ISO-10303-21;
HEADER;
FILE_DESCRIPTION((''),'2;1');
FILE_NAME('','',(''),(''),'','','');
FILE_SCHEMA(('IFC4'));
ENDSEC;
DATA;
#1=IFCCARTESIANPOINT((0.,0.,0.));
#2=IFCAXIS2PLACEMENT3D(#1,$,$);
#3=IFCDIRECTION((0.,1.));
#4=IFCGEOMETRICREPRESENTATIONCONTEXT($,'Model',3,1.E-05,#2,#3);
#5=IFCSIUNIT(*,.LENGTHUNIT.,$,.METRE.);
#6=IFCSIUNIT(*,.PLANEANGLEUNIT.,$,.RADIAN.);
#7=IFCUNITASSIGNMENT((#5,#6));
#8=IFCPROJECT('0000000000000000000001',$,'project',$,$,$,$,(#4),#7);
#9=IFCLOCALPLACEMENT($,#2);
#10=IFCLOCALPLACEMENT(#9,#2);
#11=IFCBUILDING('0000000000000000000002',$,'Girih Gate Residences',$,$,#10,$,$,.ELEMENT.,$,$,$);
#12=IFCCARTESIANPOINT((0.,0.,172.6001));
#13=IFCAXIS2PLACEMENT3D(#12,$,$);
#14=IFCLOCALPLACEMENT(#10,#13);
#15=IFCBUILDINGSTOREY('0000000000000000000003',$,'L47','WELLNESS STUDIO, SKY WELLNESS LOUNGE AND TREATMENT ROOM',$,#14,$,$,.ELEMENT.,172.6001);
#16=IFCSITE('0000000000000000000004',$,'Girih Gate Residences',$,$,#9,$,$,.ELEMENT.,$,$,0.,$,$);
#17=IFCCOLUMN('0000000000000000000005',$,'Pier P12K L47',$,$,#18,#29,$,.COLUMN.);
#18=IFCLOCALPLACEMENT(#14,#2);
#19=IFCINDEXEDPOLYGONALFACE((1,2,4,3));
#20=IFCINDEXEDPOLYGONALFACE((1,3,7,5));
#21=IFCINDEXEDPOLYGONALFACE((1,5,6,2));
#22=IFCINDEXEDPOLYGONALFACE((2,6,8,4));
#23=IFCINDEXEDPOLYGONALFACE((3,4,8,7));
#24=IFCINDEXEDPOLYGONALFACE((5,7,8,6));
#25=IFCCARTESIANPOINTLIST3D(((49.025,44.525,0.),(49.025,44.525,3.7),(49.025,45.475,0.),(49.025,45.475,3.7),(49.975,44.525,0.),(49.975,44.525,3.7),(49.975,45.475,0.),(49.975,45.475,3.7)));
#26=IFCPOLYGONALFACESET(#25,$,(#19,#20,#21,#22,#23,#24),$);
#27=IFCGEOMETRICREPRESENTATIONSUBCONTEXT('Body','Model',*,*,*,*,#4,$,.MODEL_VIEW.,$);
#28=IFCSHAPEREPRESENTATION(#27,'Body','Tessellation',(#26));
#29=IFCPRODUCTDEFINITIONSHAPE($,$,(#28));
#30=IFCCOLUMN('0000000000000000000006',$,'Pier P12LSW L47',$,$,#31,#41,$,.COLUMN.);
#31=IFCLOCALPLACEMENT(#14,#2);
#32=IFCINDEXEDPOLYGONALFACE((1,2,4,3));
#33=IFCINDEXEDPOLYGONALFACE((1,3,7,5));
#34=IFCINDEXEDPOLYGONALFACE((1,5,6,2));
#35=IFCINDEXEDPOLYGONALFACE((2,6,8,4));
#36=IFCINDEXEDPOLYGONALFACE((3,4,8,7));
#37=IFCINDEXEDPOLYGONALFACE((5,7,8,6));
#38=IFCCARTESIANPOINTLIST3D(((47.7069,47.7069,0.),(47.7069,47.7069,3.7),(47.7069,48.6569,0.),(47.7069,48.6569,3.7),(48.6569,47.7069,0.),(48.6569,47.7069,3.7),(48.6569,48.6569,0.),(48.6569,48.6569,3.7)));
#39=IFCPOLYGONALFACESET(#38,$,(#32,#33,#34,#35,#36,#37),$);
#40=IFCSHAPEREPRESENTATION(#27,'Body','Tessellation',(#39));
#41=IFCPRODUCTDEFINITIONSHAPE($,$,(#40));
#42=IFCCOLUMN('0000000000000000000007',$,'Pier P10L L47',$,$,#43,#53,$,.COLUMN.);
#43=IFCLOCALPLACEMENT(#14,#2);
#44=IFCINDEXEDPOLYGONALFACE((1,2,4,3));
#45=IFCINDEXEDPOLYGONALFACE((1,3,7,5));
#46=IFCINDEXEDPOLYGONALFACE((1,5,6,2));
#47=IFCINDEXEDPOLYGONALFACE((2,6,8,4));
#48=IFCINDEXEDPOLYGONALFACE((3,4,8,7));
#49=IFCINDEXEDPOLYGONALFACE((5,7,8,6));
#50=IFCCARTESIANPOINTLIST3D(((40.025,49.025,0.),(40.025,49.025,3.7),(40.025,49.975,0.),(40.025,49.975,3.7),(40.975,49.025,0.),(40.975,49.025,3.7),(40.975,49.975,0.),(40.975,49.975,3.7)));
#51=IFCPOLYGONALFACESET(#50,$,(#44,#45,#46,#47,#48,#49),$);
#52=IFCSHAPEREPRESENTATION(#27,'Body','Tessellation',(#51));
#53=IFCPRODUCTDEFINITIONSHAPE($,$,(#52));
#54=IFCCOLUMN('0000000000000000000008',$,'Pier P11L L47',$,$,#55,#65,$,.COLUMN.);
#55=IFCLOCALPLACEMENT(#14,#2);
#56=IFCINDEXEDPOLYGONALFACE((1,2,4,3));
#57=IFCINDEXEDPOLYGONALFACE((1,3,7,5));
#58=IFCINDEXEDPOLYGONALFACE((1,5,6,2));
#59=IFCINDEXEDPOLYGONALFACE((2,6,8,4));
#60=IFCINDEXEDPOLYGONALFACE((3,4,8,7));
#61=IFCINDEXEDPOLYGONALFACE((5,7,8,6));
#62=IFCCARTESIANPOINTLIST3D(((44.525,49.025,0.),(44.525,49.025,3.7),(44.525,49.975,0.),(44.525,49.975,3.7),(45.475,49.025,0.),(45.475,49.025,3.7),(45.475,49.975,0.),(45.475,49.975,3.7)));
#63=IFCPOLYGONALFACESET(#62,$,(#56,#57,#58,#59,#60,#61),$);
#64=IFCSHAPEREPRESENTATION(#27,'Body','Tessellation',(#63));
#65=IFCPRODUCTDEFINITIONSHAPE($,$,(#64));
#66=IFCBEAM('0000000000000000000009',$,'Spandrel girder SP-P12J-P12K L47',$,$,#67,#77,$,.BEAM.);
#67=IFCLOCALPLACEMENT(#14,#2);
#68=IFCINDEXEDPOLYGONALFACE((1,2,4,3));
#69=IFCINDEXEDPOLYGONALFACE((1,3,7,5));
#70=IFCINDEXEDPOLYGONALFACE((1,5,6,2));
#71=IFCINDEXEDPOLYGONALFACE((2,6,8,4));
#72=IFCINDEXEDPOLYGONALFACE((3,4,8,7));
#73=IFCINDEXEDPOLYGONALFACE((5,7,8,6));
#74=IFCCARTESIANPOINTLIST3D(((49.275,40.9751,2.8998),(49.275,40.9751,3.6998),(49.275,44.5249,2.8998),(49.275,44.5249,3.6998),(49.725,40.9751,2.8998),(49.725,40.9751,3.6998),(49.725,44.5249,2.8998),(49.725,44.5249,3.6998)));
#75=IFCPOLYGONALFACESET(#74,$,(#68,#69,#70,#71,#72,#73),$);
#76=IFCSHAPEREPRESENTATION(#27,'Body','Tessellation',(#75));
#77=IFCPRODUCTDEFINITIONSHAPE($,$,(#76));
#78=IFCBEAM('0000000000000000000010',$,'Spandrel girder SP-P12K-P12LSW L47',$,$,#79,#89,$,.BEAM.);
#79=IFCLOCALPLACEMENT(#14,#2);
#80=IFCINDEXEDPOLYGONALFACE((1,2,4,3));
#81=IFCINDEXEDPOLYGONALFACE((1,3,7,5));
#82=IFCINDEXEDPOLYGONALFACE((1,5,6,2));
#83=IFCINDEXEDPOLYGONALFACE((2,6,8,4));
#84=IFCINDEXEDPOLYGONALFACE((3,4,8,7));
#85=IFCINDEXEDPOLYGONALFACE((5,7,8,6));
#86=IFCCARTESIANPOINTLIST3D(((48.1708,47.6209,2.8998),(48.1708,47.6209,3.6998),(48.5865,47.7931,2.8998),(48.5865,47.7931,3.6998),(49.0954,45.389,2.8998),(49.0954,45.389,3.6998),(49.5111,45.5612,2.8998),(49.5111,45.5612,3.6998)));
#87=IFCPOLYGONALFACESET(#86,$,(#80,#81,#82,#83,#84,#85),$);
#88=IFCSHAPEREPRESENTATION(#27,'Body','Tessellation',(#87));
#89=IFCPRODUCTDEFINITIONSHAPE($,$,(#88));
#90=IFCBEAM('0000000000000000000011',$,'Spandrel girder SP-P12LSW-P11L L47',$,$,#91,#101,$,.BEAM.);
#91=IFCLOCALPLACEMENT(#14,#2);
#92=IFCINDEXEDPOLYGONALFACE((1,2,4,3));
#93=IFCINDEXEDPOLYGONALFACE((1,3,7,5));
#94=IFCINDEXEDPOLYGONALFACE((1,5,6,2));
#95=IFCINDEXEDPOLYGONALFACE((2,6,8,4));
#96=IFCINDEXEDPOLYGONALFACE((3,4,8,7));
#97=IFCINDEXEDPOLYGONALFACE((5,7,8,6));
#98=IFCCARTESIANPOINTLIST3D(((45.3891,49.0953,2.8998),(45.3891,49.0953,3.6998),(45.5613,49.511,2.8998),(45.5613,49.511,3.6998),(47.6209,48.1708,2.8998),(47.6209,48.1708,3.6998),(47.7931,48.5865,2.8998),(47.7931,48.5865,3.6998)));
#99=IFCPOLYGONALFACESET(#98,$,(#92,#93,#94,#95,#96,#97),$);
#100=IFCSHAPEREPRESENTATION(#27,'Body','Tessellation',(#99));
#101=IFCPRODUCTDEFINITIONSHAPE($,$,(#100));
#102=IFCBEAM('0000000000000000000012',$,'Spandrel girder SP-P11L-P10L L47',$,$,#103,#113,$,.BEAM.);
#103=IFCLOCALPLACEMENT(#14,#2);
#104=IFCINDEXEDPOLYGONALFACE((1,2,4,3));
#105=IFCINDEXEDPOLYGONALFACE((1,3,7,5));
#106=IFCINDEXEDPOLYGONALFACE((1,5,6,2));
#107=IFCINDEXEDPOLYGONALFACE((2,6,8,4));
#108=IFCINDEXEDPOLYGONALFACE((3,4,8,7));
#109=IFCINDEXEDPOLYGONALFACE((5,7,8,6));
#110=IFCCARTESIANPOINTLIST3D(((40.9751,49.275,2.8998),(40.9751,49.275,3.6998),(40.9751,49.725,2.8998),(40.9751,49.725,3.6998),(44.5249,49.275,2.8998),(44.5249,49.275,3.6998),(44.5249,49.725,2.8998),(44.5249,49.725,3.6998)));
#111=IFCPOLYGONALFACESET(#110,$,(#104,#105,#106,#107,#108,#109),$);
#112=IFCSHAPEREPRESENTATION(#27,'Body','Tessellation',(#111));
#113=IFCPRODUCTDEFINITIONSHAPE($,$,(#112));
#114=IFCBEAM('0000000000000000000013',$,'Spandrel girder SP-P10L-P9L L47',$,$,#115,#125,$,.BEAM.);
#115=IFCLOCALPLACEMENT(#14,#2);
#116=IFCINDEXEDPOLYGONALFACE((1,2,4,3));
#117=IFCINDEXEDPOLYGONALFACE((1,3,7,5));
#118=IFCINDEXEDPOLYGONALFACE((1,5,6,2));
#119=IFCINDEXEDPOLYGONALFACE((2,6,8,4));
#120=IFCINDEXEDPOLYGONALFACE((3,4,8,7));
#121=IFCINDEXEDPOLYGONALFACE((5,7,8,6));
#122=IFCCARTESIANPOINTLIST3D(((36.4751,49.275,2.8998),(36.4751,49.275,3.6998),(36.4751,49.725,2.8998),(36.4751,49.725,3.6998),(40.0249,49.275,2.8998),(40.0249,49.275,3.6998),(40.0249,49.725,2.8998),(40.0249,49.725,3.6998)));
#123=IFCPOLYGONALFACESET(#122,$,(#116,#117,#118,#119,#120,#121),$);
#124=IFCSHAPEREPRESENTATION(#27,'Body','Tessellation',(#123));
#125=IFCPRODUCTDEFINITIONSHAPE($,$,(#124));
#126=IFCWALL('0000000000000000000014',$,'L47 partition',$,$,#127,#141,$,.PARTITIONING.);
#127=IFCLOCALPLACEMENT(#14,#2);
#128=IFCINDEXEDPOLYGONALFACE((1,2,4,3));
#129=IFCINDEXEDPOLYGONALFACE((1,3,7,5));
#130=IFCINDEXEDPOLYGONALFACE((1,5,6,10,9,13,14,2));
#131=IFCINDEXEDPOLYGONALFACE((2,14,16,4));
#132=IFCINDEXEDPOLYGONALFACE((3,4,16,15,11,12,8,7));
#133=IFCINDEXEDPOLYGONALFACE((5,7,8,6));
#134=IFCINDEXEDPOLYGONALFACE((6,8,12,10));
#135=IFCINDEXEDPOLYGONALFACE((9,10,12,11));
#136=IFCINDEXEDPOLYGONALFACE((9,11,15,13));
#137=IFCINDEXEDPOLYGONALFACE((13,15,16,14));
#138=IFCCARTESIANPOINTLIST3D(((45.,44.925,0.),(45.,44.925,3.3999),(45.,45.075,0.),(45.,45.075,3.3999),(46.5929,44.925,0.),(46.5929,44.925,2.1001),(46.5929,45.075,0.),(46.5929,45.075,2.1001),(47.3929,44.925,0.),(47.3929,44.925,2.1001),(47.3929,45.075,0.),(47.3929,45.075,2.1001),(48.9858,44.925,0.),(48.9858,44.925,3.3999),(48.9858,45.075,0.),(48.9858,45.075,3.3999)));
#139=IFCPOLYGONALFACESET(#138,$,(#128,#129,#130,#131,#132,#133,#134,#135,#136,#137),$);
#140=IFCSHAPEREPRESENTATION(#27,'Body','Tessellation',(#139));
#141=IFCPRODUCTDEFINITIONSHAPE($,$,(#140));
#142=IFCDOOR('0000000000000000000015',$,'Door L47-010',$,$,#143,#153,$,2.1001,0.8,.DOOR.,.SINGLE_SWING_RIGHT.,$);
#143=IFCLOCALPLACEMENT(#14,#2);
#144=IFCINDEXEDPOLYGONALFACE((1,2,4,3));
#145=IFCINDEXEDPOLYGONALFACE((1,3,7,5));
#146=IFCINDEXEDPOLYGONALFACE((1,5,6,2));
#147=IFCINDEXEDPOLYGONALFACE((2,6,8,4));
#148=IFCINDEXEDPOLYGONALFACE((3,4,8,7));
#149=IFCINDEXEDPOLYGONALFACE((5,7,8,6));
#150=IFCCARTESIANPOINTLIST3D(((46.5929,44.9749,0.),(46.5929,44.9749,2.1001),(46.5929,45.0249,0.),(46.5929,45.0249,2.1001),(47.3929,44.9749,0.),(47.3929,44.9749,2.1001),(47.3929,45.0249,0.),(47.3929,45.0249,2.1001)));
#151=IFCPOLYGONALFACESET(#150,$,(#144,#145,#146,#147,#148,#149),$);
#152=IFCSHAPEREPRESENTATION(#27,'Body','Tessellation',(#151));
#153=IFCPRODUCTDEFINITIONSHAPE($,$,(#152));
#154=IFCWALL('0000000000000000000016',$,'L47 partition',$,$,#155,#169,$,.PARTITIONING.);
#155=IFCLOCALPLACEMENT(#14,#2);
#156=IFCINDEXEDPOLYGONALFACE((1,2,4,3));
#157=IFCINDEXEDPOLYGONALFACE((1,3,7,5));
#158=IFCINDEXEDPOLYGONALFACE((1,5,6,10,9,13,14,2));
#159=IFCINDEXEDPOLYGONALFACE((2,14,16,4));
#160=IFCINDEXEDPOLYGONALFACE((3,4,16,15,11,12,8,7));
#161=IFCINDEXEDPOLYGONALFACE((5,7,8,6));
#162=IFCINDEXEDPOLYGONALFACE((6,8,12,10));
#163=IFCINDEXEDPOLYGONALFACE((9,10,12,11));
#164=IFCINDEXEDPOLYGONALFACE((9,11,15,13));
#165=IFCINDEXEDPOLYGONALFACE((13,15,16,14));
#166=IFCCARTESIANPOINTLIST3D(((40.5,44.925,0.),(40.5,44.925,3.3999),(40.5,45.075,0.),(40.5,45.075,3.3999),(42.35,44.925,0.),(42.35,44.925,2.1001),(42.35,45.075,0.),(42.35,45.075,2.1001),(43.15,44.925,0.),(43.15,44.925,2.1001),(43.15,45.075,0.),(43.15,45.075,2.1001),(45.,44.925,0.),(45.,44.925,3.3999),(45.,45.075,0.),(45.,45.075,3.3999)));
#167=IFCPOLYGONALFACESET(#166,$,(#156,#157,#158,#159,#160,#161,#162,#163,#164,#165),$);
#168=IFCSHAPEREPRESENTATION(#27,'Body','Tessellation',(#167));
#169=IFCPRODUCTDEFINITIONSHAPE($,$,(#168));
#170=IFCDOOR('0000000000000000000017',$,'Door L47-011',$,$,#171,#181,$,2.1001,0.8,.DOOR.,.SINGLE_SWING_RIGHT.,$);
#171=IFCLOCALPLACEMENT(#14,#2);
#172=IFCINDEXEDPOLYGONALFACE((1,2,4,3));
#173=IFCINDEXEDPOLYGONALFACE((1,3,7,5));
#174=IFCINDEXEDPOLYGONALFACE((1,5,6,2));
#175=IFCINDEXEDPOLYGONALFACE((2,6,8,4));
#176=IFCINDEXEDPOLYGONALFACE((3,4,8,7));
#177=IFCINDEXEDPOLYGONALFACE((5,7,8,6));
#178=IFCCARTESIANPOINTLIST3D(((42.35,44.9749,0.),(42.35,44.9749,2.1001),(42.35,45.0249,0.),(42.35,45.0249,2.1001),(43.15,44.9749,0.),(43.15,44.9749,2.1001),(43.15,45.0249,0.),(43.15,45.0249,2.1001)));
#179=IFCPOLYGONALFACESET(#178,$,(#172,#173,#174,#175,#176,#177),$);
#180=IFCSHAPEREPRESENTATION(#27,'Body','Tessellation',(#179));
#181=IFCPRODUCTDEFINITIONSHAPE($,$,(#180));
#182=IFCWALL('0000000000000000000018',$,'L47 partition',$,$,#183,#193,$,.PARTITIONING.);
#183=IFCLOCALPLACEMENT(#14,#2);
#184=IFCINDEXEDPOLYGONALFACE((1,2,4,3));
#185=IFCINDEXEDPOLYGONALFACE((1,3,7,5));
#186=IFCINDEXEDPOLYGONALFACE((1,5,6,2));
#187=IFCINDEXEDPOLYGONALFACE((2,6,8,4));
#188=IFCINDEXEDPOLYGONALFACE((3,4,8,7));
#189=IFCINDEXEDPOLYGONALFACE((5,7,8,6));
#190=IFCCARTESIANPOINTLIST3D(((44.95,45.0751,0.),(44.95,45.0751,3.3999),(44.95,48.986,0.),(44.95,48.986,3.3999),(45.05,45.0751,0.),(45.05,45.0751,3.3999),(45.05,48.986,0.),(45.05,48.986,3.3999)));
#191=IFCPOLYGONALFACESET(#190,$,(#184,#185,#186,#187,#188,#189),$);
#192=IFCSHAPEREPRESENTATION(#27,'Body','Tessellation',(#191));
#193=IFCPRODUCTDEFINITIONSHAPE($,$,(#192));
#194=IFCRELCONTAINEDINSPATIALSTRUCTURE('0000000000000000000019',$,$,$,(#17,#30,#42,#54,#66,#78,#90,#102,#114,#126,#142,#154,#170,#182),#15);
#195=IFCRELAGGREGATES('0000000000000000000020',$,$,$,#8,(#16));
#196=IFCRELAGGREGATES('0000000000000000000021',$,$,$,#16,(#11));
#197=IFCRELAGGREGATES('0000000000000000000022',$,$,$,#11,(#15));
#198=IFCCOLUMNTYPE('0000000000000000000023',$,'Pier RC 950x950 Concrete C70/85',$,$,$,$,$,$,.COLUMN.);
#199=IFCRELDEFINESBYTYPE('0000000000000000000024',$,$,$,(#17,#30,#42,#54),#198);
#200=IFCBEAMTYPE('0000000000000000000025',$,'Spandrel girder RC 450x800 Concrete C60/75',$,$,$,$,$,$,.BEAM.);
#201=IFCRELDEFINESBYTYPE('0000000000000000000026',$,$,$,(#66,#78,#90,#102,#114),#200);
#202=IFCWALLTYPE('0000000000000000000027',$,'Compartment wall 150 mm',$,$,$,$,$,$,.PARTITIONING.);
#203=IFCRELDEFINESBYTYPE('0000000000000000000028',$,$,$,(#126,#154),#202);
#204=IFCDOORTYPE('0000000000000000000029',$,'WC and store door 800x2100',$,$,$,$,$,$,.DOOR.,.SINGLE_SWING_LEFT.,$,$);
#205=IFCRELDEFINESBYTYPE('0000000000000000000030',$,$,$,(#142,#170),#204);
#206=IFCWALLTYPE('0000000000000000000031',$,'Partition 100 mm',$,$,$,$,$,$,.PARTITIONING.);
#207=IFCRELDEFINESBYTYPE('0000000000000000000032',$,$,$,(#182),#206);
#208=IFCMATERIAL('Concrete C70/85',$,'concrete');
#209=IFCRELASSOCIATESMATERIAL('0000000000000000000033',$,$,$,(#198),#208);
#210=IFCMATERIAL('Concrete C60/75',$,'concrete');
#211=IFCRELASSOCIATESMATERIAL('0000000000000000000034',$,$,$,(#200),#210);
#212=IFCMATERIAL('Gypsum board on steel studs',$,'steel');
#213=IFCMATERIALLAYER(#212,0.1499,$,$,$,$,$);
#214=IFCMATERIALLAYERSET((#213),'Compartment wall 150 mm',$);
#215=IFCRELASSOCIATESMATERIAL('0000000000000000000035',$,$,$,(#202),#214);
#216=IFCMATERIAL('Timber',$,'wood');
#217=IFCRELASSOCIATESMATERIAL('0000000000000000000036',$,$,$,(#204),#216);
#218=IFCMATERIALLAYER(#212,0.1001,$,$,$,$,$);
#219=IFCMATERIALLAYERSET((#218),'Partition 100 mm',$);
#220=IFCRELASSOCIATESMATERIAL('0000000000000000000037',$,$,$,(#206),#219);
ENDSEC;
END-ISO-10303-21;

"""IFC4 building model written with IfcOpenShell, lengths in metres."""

from ifc_helpers import new_model, si_unit, direction, frame, frame_2d, origin, origin_2d, place, context, subcontext, project, spatial, rectangle, extrude, material, layer, layer_set, material_profile, profile_set, type_object, element, fill, save


model = new_model("IFC4")

# Units and contexts
model_context = context("Model", 3, precision=1e-05, world=origin(), true_north=direction((0.0, 1.0)))
body_context = subcontext(model_context, "Body", "Model", "MODEL_VIEW")
ifc_project = project(units=[si_unit("LENGTHUNIT", "METRE"), si_unit("PLANEANGLEUNIT", "RADIAN")], contexts=[model_context])

# Site, building, storey
site_placement = place(None, origin())
site = spatial("IfcSite", under=ifc_project, at=site_placement, Name="Girih Gate Residences", CompositionType="ELEMENT", RefElevation=0.0)
building_placement = place(site_placement, origin())
building = spatial("IfcBuilding", under=site, at=building_placement, Name="Girih Gate Residences", CompositionType="ELEMENT")
storey_placement = place(building_placement, frame((0.0, 0.0, 172.6001)))
storey = spatial("IfcBuildingStorey", under=building, at=storey_placement, Name="L47", Description="WELLNESS STUDIO, SKY WELLNESS LOUNGE AND TREATMENT ROOM", CompositionType="ELEMENT", Elevation=172.6001)

# Columns
ifc_material_1 = material(Name="Concrete C70/85", Category="concrete")
ifc_material_profile_1 = material_profile(ifc_material_1, rectangle(XDim=0.95, YDim=0.95, at=origin_2d()))
ifc_profile_set_1 = profile_set([ifc_material_profile_1], Name="Concrete C70/85")
column_type = type_object("IfcColumnType", Name="Pier RC 950x950 Concrete C70/85", PredefinedType="COLUMN", material=ifc_profile_set_1)
for number, where, z_axis, x_axis, name in (
    (1, (49.5, 45.0, 0.0), (0.0, 0.0, 1.0), (1.0, 0.0, 0.0), "Pier P12K L47"),
    (2, (48.1819, 48.1819, 0.0), (0.0, 0.0, 1.0), (1.0, 0.0, 0.0), "Pier P12LSW L47"),
    (3, (40.5, 49.5, 0.0), (0.0, 0.0, 1.0), (1.0, 0.0, 0.0), "Pier P10L L47"),
    (4, (45.0, 49.5, 0.0), (0.0, 0.0, 1.0), (1.0, 0.0, 0.0), "Pier P11L L47"),
):
    element("IfcColumn", number, at=place(storey_placement, frame(where, z_axis=z_axis, x_axis=x_axis)), inside=storey, type_object=column_type, Name=name, PredefinedType="COLUMN", context=body_context, shape_type="SweptSolid", body=[
        extrude(rectangle(XDim=0.95, YDim=0.95, at=origin_2d()), origin(), (0.0, 0.0, 1.0), 3.7),
    ])

# Beams
ifc_material_2 = material(Name="Concrete C60/75", Category="concrete")
ifc_material_profile_2 = material_profile(ifc_material_2, rectangle(XDim=0.45, YDim=0.8, at=origin_2d()))
ifc_profile_set_2 = profile_set([ifc_material_profile_2], Name="Concrete C60/75")
beam_type = type_object("IfcBeamType", Name="Spandrel girder RC 450x800 Concrete C60/75", PredefinedType="BEAM", material=ifc_profile_set_2)
beam_placement = place(storey_placement, frame((49.5, 40.9751, 3.2998), z_axis=(0.0, 1.0, 0.0), x_axis=(-1.0, 0.0, 0.0)))
element("IfcBeam", 5, at=beam_placement, inside=storey, type_object=beam_type, Name="Spandrel girder SP-P12J-P12K L47", PredefinedType="BEAM", context=body_context, shape_type="SweptSolid", body=[
    extrude(rectangle(XDim=0.45, YDim=0.8, at=origin_2d()), origin(), (0.0, 0.0, 1.0), 3.5498),
])
for number, where, z_axis, x_axis, name in (
    (6, (49.3032, 45.4751, 3.2998), (-0.382706, 0.92387, 0.0), (-0.92387, -0.382706, 0.0), "Spandrel girder SP-P12K-P12LSW L47"),
    (7, (47.707, 48.3787, 3.2998), (-0.92387, 0.382706, 0.0), (-0.382706, -0.92387, 0.0), "Spandrel girder SP-P12LSW-P11L L47"),
):
    element("IfcBeam", number, at=place(storey_placement, frame(where, z_axis=z_axis, x_axis=x_axis)), inside=storey, type_object=beam_type, Name=name, PredefinedType="BEAM", context=body_context, shape_type="SweptSolid", body=[
        extrude(rectangle(XDim=0.45, YDim=0.8, at=origin_2d()), origin(), (0.0, 0.0, 1.0), 2.4158),
    ])
for number, where, z_axis, x_axis, name in (
    (8, (44.5249, 49.5, 3.2998), (-1.0, 0.0, 0.0), (0.0, -1.0, 0.0), "Spandrel girder SP-P11L-P10L L47"),
    (9, (40.0249, 49.5, 3.2998), (-1.0, 0.0, 0.0), (0.0, -1.0, 0.0), "Spandrel girder SP-P10L-P9L L47"),
):
    element("IfcBeam", number, at=place(storey_placement, frame(where, z_axis=z_axis, x_axis=x_axis)), inside=storey, type_object=beam_type, Name=name, PredefinedType="BEAM", context=body_context, shape_type="SweptSolid", body=[
        extrude(rectangle(XDim=0.45, YDim=0.8, at=origin_2d()), origin(), (0.0, 0.0, 1.0), 3.5498),
    ])

# Walls, openings, doors
ifc_material_3 = material(Name="Gypsum board on steel studs", Category="steel")
ifc_layer_1 = layer(ifc_material_3, 0.1499)
ifc_layer_set_1 = layer_set([ifc_layer_1], Name="Compartment wall 150 mm")
wall_type_1 = type_object("IfcWallType", Name="Compartment wall 150 mm", PredefinedType="PARTITIONING", material=ifc_layer_set_1)
wall_1_placement = place(storey_placement, frame((45.0, 45.0, 0.0), z_axis=(0.0, 0.0, 1.0), x_axis=(1.0, 0.0, 0.0)))
wall_1 = element("IfcWall", 10, at=wall_1_placement, inside=storey, type_object=wall_type_1, Name="L47 partition", PredefinedType="PARTITIONING", context=body_context, shape_type="SweptSolid", body=[
    extrude(rectangle(XDim=3.9858, YDim=0.1499, at=frame_2d((1.9929, 0.0))), origin(), (0.0, 0.0, 1.0), 3.3999),
])
opening_1_placement = place(wall_1_placement, frame((1.593, 0.0, 0.0)))
opening_1 = element("IfcOpeningElement", 11, at=opening_1_placement, cuts=wall_1, PredefinedType="OPENING", context=body_context, shape_type="SweptSolid", body=[
    extrude(rectangle(XDim=0.8, YDim=2.1001, at=frame_2d((0.3999, 1.05))), frame((0.0, 0.085, 0.0), z_axis=(0.0, -1.0, 0.0), x_axis=(1.0, 0.0, 0.0)), (0.0, 0.0, 1.0), 0.1699),
])
ifc_material_4 = material(Name="Timber", Category="wood")
door_type = type_object("IfcDoorType", Name="WC and store door 800x2100", OperationType="SINGLE_SWING_LEFT", PredefinedType="DOOR", material=ifc_material_4)
door_1_placement = place(opening_1_placement, origin())
door_1 = element("IfcDoor", 12, at=door_1_placement, inside=storey, type_object=door_type, Name="Door L47-010", OperationType="SINGLE_SWING_RIGHT", OverallHeight=2.1001, OverallWidth=0.8, PredefinedType="DOOR", context=body_context, shape_type="SweptSolid", body=[
    extrude(rectangle(XDim=0.8, YDim=2.1001, at=frame_2d((0.3999, 1.05))), frame((0.0, 0.0249, 0.0), z_axis=(0.0, -1.0, 0.0), x_axis=(1.0, 0.0, 0.0)), (0.0, 0.0, 1.0), 0.05),
])
fill(opening_1, door_1)
wall_2_placement = place(storey_placement, frame((40.5, 45.0, 0.0), z_axis=(0.0, 0.0, 1.0), x_axis=(1.0, 0.0, 0.0)))
wall_2 = element("IfcWall", 13, at=wall_2_placement, inside=storey, type_object=wall_type_1, Name="L47 partition", PredefinedType="PARTITIONING", context=body_context, shape_type="SweptSolid", body=[
    extrude(rectangle(XDim=4.5, YDim=0.1499, at=frame_2d((2.25, 0.0))), origin(), (0.0, 0.0, 1.0), 3.3999),
])
opening_2_placement = place(wall_2_placement, frame((1.8501, 0.0, 0.0)))
opening_2 = element("IfcOpeningElement", 14, at=opening_2_placement, cuts=wall_2, PredefinedType="OPENING", context=body_context, shape_type="SweptSolid", body=[
    extrude(rectangle(XDim=0.8, YDim=2.1001, at=frame_2d((0.3999, 1.05))), frame((0.0, 0.085, 0.0), z_axis=(0.0, -1.0, 0.0), x_axis=(1.0, 0.0, 0.0)), (0.0, 0.0, 1.0), 0.1699),
])
door_2_placement = place(opening_2_placement, origin())
door_2 = element("IfcDoor", 15, at=door_2_placement, inside=storey, type_object=door_type, Name="Door L47-011", OperationType="SINGLE_SWING_RIGHT", OverallHeight=2.1001, OverallWidth=0.8, PredefinedType="DOOR", context=body_context, shape_type="SweptSolid", body=[
    extrude(rectangle(XDim=0.8, YDim=2.1001, at=frame_2d((0.3999, 1.05))), frame((0.0, 0.0249, 0.0), z_axis=(0.0, -1.0, 0.0), x_axis=(1.0, 0.0, 0.0)), (0.0, 0.0, 1.0), 0.05),
])
fill(opening_2, door_2)

# Wall
ifc_layer_2 = layer(ifc_material_3, 0.1001)
ifc_layer_set_2 = layer_set([ifc_layer_2], Name="Partition 100 mm")
wall_type_2 = type_object("IfcWallType", Name="Partition 100 mm", PredefinedType="PARTITIONING", material=ifc_layer_set_2)
wall_3_placement = place(storey_placement, frame((45.0, 45.075, 0.0), z_axis=(0.0, 0.0, 1.0), x_axis=(0.0, 1.0, 0.0)))
element("IfcWall", 16, at=wall_3_placement, inside=storey, type_object=wall_type_2, Name="L47 partition", PredefinedType="PARTITIONING", context=body_context, shape_type="SweptSolid", body=[
    extrude(rectangle(XDim=3.9109, YDim=0.1001, at=frame_2d((1.9556, 0.0))), origin(), (0.0, 0.0, 1.0), 3.3999),
])

save(model, "model.ifc")
